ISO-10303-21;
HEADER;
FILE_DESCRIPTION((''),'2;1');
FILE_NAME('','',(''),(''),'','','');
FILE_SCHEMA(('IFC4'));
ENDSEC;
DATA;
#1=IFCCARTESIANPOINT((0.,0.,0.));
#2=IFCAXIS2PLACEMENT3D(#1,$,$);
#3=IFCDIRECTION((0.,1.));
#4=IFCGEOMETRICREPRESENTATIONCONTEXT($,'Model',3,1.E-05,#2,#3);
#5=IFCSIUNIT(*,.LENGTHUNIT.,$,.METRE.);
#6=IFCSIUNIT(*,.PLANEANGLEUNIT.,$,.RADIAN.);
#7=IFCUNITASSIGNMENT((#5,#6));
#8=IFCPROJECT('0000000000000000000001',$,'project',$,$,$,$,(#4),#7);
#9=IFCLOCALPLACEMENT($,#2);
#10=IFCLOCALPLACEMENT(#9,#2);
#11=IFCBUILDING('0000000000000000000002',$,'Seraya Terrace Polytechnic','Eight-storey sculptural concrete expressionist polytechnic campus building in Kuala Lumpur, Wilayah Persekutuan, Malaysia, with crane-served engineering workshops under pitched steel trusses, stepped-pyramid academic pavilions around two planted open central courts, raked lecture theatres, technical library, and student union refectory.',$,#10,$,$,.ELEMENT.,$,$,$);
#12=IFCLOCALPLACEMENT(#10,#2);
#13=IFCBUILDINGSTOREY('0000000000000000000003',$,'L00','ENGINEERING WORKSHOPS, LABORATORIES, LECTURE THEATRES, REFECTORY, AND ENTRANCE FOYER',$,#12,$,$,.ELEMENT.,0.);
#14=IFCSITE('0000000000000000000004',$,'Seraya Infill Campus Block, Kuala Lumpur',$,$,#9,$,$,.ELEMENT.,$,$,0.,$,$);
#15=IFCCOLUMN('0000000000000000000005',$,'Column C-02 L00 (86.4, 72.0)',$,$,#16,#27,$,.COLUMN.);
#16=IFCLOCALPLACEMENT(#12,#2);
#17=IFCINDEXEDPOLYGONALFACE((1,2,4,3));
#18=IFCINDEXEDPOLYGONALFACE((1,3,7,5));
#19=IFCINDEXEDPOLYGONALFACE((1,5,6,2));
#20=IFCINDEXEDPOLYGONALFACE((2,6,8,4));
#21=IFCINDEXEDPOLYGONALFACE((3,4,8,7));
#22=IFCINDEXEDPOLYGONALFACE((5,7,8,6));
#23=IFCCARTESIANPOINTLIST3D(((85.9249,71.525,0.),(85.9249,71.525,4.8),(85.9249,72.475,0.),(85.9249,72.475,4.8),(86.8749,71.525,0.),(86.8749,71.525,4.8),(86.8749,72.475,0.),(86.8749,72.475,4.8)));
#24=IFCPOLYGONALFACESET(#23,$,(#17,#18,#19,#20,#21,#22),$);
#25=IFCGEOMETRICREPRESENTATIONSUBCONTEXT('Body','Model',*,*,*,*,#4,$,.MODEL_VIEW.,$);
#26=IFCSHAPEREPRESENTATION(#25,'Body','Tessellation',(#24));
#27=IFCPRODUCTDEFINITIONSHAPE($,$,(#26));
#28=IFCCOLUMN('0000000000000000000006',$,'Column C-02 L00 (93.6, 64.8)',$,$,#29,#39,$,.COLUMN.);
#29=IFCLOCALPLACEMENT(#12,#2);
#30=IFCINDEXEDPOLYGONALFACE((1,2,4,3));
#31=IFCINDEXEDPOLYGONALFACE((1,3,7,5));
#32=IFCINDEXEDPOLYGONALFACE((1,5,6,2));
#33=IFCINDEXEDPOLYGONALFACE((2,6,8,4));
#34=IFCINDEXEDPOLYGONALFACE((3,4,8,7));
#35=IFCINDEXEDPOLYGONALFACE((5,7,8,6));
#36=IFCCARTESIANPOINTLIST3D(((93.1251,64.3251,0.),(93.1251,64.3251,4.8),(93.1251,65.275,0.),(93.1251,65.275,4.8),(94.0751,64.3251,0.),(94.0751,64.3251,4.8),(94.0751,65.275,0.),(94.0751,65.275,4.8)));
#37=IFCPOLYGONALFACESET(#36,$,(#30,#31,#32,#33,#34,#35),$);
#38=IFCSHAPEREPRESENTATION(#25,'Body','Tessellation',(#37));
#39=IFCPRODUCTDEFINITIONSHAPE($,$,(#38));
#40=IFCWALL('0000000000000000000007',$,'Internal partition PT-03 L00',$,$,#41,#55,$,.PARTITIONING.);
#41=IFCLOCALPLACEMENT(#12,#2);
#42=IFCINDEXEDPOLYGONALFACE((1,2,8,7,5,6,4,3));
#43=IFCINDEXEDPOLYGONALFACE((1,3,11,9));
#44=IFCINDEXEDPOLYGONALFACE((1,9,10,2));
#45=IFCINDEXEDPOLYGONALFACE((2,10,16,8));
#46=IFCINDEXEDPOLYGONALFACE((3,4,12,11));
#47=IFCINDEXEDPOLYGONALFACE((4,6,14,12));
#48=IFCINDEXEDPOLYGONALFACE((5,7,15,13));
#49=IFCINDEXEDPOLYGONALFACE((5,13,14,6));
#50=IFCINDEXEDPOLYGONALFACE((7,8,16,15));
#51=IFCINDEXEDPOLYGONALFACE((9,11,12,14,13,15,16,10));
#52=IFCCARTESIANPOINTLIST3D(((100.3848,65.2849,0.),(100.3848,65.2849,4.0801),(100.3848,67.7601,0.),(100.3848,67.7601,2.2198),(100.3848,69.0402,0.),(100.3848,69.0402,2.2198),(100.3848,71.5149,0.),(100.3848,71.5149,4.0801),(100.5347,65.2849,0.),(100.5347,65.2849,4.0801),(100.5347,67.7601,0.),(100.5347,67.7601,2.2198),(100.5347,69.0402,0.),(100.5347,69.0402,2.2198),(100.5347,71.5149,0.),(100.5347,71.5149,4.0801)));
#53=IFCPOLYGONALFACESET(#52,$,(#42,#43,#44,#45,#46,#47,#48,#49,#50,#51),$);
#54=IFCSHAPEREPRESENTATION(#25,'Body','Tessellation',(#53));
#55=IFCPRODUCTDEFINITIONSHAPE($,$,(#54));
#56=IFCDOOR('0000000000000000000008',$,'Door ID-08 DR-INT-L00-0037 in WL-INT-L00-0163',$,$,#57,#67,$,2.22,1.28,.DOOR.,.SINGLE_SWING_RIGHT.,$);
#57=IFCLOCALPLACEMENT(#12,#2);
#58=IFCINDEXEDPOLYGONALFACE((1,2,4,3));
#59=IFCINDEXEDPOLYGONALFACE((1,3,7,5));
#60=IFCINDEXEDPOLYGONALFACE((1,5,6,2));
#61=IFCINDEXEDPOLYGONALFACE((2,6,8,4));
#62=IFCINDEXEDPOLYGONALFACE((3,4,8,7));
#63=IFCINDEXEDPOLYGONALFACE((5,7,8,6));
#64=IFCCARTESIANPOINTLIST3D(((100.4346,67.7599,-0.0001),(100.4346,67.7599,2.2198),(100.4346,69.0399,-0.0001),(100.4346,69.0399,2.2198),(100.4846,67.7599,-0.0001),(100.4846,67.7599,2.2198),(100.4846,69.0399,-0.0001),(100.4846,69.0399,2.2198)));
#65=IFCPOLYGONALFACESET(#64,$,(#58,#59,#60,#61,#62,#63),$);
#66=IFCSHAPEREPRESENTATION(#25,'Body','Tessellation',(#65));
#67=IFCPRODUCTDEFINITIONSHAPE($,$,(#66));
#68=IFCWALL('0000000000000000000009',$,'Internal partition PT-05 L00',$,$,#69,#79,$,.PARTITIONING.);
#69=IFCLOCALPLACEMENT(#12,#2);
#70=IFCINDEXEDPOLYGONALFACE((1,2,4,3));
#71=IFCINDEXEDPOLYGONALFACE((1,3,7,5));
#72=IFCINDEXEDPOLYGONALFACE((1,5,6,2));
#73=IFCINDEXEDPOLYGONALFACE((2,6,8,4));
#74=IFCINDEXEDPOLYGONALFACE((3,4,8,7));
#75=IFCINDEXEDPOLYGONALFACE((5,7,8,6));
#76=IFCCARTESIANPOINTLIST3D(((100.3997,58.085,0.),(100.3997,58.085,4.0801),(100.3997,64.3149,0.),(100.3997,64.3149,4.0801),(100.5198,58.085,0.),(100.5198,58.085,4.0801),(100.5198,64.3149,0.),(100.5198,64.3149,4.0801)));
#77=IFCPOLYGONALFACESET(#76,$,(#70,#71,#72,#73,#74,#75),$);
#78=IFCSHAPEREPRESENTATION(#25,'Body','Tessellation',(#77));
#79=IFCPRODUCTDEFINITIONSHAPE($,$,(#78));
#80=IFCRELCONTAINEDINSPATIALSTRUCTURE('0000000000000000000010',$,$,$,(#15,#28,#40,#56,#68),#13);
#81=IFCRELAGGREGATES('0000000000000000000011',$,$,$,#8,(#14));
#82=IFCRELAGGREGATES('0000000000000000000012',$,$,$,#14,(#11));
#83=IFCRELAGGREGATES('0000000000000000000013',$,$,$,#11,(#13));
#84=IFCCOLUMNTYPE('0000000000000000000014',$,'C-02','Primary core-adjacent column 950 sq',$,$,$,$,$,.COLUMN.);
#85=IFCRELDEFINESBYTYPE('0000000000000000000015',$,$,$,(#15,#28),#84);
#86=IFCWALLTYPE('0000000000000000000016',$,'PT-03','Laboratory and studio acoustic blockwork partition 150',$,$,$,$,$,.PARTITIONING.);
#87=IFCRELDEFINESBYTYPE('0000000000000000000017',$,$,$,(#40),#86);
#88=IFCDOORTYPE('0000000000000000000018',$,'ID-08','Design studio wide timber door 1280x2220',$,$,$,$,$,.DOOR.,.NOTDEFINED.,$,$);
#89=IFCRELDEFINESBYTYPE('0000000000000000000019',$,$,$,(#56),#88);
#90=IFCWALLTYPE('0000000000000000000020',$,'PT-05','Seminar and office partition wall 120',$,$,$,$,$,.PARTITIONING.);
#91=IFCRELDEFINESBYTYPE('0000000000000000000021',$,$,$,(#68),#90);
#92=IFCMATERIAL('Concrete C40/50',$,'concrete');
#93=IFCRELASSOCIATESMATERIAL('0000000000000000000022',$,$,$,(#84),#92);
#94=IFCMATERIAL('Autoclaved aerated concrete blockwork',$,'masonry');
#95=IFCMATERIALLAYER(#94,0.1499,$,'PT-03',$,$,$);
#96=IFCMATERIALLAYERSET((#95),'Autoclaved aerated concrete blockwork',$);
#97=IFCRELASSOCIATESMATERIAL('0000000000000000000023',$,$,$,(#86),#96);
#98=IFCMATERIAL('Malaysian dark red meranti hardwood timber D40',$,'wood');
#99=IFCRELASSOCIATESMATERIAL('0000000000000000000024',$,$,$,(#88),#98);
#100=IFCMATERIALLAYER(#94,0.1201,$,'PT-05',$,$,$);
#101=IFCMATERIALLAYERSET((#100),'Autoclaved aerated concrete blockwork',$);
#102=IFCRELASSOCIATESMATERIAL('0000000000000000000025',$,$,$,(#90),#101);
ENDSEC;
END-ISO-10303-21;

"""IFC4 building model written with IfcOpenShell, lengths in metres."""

from ifc_helpers import new_model, si_unit, direction, frame, frame_2d, origin, origin_2d, place, context, subcontext, project, spatial, rectangle, extrude, material, layer, layer_set, material_profile, profile_set, type_object, element, fill, save


model = new_model("IFC4")

# Units and contexts
model_context = context("Model", 3, precision=1e-05, world=origin(), true_north=direction((0.0, 1.0)))
body_context = subcontext(model_context, "Body", "Model", "MODEL_VIEW")
ifc_project = project(units=[si_unit("LENGTHUNIT", "METRE"), si_unit("PLANEANGLEUNIT", "RADIAN")], contexts=[model_context])

# Site, building, storey
site_placement = place(None, origin())
site = spatial("IfcSite", under=ifc_project, at=site_placement, Name="Seraya Infill Campus Block, Kuala Lumpur", CompositionType="ELEMENT", RefElevation=0.0)
building_placement = place(site_placement, origin())
building = spatial("IfcBuilding", under=site, at=building_placement, Name="Seraya Terrace Polytechnic", Description="Eight-storey sculptural concrete expressionist polytechnic campus building in Kuala Lumpur, Wilayah Persekutuan, Malaysia, with crane-served engineering workshops under pitched steel trusses, stepped-pyramid academic pavilions around two planted open central courts, raked lecture theatres, technical library, and student union refectory.", CompositionType="ELEMENT")
storey_placement = place(building_placement, origin())
storey = spatial("IfcBuildingStorey", under=building, at=storey_placement, Name="L00", Description="ENGINEERING WORKSHOPS, LABORATORIES, LECTURE THEATRES, REFECTORY, AND ENTRANCE FOYER", CompositionType="ELEMENT", Elevation=0.0)

# Shared definitions
ifc_material_1 = material(Name="Concrete C40/50", Category="concrete")

# Columns
ifc_material_profile_1 = material_profile(ifc_material_1, rectangle(XDim=0.95, YDim=0.95, at=origin_2d()), Name="RC 950x950")
ifc_profile_set_1 = profile_set([ifc_material_profile_1], Name="Concrete C40/50")
column_type = type_object("IfcColumnType", Name="C-02", Description="Primary core-adjacent column 950 sq", PredefinedType="COLUMN", material=ifc_profile_set_1)
for number, where, z_axis, x_axis, name in (
    (1, (86.3999, 72.0, 0.0), (0.0, 0.0, 1.0), (1.0, 0.0, 0.0), "Column C-02 L00 (86.4, 72.0)"),
    (2, (93.6001, 64.8, 0.0), (0.0, 0.0, 1.0), (1.0, 0.0, 0.0), "Column C-02 L00 (93.6, 64.8)"),
):
    element("IfcColumn", number, at=place(storey_placement, frame(where, z_axis=z_axis, x_axis=x_axis)), inside=storey, type_object=column_type, Name=name, PredefinedType="COLUMN", context=body_context, shape_type="SweptSolid", body=[
        extrude(rectangle(XDim=0.95, YDim=0.95, at=origin_2d()), origin(), (0.0, 0.0, 1.0), 4.8),
    ])

# Wall, opening, door
ifc_material_2 = material(Name="Autoclaved aerated concrete blockwork", Category="masonry")
ifc_layer_1 = layer(ifc_material_2, 0.1499, Name="PT-03")
ifc_layer_set_1 = layer_set([ifc_layer_1], Name="Autoclaved aerated concrete blockwork")
wall_type_1 = type_object("IfcWallType", Name="PT-03", Description="Laboratory and studio acoustic blockwork partition 150", PredefinedType="PARTITIONING", material=ifc_layer_set_1)
wall_1_placement = place(storey_placement, frame((100.4597, 65.2849, 0.0), z_axis=(0.0, 0.0, 1.0), x_axis=(0.0, 1.0, 0.0)))
wall_1 = element("IfcWall", 3, at=wall_1_placement, inside=storey, type_object=wall_type_1, Name="Internal partition PT-03 L00", PredefinedType="PARTITIONING", context=body_context, shape_type="SweptSolid", body=[
    extrude(rectangle(XDim=6.23, YDim=0.1499, at=frame_2d((3.115, 0.0))), origin(), (0.0, 0.0, 1.0), 4.0801),
])
opening_placement = place(wall_1_placement, frame((2.4751, 0.0, 0.0)))
opening = element("IfcOpeningElement", 4, at=opening_placement, cuts=wall_1, PredefinedType="OPENING", context=body_context, shape_type="SweptSolid", body=[
    extrude(rectangle(XDim=1.28, YDim=2.22, at=frame_2d((0.6401, 1.1099))), frame((0.0, 0.0869, 0.0), z_axis=(0.0, -1.0, 0.0), x_axis=(1.0, 0.0, 0.0)), (0.0, 0.0, 1.0), 0.1738),
])
ifc_material_3 = material(Name="Malaysian dark red meranti hardwood timber D40", Category="wood")
door_type = type_object("IfcDoorType", Name="ID-08", Description="Design studio wide timber door 1280x2220", OperationType="NOTDEFINED", PredefinedType="DOOR", material=ifc_material_3)
door_placement = place(opening_placement, frame((1.28, 0.0, 0.0), z_axis=(0.0, 0.0, 1.0), x_axis=(-1.0, 0.0, 0.0)))
door = element("IfcDoor", 5, at=door_placement, inside=storey, type_object=door_type, Name="Door ID-08 DR-INT-L00-0037 in WL-INT-L00-0163", OperationType="SINGLE_SWING_RIGHT", OverallHeight=2.22, OverallWidth=1.28, PredefinedType="DOOR", context=body_context, shape_type="SweptSolid", body=[
    extrude(rectangle(XDim=1.28, YDim=2.22, at=frame_2d((0.6401, 1.1099))), frame((0.0, 0.0249, 0.0), z_axis=(0.0, -1.0, 0.0), x_axis=(1.0, 0.0, 0.0)), (0.0, 0.0, 1.0), 0.05),
])
fill(opening, door)

# Wall
ifc_layer_2 = layer(ifc_material_2, 0.1201, Name="PT-05")
ifc_layer_set_2 = layer_set([ifc_layer_2], Name="Autoclaved aerated concrete blockwork")
wall_type_2 = type_object("IfcWallType", Name="PT-05", Description="Seminar and office partition wall 120", PredefinedType="PARTITIONING", material=ifc_layer_set_2)
wall_2_placement = place(storey_placement, frame((100.4597, 58.085, 0.0), z_axis=(0.0, 0.0, 1.0), x_axis=(0.0, 1.0, 0.0)))
element("IfcWall", 6, at=wall_2_placement, inside=storey, type_object=wall_type_2, Name="Internal partition PT-05 L00", PredefinedType="PARTITIONING", context=body_context, shape_type="SweptSolid", body=[
    extrude(rectangle(XDim=6.23, YDim=0.1201, at=frame_2d((3.115, 0.0))), origin(), (0.0, 0.0, 1.0), 4.0801),
])

save(model, "model.ifc")
